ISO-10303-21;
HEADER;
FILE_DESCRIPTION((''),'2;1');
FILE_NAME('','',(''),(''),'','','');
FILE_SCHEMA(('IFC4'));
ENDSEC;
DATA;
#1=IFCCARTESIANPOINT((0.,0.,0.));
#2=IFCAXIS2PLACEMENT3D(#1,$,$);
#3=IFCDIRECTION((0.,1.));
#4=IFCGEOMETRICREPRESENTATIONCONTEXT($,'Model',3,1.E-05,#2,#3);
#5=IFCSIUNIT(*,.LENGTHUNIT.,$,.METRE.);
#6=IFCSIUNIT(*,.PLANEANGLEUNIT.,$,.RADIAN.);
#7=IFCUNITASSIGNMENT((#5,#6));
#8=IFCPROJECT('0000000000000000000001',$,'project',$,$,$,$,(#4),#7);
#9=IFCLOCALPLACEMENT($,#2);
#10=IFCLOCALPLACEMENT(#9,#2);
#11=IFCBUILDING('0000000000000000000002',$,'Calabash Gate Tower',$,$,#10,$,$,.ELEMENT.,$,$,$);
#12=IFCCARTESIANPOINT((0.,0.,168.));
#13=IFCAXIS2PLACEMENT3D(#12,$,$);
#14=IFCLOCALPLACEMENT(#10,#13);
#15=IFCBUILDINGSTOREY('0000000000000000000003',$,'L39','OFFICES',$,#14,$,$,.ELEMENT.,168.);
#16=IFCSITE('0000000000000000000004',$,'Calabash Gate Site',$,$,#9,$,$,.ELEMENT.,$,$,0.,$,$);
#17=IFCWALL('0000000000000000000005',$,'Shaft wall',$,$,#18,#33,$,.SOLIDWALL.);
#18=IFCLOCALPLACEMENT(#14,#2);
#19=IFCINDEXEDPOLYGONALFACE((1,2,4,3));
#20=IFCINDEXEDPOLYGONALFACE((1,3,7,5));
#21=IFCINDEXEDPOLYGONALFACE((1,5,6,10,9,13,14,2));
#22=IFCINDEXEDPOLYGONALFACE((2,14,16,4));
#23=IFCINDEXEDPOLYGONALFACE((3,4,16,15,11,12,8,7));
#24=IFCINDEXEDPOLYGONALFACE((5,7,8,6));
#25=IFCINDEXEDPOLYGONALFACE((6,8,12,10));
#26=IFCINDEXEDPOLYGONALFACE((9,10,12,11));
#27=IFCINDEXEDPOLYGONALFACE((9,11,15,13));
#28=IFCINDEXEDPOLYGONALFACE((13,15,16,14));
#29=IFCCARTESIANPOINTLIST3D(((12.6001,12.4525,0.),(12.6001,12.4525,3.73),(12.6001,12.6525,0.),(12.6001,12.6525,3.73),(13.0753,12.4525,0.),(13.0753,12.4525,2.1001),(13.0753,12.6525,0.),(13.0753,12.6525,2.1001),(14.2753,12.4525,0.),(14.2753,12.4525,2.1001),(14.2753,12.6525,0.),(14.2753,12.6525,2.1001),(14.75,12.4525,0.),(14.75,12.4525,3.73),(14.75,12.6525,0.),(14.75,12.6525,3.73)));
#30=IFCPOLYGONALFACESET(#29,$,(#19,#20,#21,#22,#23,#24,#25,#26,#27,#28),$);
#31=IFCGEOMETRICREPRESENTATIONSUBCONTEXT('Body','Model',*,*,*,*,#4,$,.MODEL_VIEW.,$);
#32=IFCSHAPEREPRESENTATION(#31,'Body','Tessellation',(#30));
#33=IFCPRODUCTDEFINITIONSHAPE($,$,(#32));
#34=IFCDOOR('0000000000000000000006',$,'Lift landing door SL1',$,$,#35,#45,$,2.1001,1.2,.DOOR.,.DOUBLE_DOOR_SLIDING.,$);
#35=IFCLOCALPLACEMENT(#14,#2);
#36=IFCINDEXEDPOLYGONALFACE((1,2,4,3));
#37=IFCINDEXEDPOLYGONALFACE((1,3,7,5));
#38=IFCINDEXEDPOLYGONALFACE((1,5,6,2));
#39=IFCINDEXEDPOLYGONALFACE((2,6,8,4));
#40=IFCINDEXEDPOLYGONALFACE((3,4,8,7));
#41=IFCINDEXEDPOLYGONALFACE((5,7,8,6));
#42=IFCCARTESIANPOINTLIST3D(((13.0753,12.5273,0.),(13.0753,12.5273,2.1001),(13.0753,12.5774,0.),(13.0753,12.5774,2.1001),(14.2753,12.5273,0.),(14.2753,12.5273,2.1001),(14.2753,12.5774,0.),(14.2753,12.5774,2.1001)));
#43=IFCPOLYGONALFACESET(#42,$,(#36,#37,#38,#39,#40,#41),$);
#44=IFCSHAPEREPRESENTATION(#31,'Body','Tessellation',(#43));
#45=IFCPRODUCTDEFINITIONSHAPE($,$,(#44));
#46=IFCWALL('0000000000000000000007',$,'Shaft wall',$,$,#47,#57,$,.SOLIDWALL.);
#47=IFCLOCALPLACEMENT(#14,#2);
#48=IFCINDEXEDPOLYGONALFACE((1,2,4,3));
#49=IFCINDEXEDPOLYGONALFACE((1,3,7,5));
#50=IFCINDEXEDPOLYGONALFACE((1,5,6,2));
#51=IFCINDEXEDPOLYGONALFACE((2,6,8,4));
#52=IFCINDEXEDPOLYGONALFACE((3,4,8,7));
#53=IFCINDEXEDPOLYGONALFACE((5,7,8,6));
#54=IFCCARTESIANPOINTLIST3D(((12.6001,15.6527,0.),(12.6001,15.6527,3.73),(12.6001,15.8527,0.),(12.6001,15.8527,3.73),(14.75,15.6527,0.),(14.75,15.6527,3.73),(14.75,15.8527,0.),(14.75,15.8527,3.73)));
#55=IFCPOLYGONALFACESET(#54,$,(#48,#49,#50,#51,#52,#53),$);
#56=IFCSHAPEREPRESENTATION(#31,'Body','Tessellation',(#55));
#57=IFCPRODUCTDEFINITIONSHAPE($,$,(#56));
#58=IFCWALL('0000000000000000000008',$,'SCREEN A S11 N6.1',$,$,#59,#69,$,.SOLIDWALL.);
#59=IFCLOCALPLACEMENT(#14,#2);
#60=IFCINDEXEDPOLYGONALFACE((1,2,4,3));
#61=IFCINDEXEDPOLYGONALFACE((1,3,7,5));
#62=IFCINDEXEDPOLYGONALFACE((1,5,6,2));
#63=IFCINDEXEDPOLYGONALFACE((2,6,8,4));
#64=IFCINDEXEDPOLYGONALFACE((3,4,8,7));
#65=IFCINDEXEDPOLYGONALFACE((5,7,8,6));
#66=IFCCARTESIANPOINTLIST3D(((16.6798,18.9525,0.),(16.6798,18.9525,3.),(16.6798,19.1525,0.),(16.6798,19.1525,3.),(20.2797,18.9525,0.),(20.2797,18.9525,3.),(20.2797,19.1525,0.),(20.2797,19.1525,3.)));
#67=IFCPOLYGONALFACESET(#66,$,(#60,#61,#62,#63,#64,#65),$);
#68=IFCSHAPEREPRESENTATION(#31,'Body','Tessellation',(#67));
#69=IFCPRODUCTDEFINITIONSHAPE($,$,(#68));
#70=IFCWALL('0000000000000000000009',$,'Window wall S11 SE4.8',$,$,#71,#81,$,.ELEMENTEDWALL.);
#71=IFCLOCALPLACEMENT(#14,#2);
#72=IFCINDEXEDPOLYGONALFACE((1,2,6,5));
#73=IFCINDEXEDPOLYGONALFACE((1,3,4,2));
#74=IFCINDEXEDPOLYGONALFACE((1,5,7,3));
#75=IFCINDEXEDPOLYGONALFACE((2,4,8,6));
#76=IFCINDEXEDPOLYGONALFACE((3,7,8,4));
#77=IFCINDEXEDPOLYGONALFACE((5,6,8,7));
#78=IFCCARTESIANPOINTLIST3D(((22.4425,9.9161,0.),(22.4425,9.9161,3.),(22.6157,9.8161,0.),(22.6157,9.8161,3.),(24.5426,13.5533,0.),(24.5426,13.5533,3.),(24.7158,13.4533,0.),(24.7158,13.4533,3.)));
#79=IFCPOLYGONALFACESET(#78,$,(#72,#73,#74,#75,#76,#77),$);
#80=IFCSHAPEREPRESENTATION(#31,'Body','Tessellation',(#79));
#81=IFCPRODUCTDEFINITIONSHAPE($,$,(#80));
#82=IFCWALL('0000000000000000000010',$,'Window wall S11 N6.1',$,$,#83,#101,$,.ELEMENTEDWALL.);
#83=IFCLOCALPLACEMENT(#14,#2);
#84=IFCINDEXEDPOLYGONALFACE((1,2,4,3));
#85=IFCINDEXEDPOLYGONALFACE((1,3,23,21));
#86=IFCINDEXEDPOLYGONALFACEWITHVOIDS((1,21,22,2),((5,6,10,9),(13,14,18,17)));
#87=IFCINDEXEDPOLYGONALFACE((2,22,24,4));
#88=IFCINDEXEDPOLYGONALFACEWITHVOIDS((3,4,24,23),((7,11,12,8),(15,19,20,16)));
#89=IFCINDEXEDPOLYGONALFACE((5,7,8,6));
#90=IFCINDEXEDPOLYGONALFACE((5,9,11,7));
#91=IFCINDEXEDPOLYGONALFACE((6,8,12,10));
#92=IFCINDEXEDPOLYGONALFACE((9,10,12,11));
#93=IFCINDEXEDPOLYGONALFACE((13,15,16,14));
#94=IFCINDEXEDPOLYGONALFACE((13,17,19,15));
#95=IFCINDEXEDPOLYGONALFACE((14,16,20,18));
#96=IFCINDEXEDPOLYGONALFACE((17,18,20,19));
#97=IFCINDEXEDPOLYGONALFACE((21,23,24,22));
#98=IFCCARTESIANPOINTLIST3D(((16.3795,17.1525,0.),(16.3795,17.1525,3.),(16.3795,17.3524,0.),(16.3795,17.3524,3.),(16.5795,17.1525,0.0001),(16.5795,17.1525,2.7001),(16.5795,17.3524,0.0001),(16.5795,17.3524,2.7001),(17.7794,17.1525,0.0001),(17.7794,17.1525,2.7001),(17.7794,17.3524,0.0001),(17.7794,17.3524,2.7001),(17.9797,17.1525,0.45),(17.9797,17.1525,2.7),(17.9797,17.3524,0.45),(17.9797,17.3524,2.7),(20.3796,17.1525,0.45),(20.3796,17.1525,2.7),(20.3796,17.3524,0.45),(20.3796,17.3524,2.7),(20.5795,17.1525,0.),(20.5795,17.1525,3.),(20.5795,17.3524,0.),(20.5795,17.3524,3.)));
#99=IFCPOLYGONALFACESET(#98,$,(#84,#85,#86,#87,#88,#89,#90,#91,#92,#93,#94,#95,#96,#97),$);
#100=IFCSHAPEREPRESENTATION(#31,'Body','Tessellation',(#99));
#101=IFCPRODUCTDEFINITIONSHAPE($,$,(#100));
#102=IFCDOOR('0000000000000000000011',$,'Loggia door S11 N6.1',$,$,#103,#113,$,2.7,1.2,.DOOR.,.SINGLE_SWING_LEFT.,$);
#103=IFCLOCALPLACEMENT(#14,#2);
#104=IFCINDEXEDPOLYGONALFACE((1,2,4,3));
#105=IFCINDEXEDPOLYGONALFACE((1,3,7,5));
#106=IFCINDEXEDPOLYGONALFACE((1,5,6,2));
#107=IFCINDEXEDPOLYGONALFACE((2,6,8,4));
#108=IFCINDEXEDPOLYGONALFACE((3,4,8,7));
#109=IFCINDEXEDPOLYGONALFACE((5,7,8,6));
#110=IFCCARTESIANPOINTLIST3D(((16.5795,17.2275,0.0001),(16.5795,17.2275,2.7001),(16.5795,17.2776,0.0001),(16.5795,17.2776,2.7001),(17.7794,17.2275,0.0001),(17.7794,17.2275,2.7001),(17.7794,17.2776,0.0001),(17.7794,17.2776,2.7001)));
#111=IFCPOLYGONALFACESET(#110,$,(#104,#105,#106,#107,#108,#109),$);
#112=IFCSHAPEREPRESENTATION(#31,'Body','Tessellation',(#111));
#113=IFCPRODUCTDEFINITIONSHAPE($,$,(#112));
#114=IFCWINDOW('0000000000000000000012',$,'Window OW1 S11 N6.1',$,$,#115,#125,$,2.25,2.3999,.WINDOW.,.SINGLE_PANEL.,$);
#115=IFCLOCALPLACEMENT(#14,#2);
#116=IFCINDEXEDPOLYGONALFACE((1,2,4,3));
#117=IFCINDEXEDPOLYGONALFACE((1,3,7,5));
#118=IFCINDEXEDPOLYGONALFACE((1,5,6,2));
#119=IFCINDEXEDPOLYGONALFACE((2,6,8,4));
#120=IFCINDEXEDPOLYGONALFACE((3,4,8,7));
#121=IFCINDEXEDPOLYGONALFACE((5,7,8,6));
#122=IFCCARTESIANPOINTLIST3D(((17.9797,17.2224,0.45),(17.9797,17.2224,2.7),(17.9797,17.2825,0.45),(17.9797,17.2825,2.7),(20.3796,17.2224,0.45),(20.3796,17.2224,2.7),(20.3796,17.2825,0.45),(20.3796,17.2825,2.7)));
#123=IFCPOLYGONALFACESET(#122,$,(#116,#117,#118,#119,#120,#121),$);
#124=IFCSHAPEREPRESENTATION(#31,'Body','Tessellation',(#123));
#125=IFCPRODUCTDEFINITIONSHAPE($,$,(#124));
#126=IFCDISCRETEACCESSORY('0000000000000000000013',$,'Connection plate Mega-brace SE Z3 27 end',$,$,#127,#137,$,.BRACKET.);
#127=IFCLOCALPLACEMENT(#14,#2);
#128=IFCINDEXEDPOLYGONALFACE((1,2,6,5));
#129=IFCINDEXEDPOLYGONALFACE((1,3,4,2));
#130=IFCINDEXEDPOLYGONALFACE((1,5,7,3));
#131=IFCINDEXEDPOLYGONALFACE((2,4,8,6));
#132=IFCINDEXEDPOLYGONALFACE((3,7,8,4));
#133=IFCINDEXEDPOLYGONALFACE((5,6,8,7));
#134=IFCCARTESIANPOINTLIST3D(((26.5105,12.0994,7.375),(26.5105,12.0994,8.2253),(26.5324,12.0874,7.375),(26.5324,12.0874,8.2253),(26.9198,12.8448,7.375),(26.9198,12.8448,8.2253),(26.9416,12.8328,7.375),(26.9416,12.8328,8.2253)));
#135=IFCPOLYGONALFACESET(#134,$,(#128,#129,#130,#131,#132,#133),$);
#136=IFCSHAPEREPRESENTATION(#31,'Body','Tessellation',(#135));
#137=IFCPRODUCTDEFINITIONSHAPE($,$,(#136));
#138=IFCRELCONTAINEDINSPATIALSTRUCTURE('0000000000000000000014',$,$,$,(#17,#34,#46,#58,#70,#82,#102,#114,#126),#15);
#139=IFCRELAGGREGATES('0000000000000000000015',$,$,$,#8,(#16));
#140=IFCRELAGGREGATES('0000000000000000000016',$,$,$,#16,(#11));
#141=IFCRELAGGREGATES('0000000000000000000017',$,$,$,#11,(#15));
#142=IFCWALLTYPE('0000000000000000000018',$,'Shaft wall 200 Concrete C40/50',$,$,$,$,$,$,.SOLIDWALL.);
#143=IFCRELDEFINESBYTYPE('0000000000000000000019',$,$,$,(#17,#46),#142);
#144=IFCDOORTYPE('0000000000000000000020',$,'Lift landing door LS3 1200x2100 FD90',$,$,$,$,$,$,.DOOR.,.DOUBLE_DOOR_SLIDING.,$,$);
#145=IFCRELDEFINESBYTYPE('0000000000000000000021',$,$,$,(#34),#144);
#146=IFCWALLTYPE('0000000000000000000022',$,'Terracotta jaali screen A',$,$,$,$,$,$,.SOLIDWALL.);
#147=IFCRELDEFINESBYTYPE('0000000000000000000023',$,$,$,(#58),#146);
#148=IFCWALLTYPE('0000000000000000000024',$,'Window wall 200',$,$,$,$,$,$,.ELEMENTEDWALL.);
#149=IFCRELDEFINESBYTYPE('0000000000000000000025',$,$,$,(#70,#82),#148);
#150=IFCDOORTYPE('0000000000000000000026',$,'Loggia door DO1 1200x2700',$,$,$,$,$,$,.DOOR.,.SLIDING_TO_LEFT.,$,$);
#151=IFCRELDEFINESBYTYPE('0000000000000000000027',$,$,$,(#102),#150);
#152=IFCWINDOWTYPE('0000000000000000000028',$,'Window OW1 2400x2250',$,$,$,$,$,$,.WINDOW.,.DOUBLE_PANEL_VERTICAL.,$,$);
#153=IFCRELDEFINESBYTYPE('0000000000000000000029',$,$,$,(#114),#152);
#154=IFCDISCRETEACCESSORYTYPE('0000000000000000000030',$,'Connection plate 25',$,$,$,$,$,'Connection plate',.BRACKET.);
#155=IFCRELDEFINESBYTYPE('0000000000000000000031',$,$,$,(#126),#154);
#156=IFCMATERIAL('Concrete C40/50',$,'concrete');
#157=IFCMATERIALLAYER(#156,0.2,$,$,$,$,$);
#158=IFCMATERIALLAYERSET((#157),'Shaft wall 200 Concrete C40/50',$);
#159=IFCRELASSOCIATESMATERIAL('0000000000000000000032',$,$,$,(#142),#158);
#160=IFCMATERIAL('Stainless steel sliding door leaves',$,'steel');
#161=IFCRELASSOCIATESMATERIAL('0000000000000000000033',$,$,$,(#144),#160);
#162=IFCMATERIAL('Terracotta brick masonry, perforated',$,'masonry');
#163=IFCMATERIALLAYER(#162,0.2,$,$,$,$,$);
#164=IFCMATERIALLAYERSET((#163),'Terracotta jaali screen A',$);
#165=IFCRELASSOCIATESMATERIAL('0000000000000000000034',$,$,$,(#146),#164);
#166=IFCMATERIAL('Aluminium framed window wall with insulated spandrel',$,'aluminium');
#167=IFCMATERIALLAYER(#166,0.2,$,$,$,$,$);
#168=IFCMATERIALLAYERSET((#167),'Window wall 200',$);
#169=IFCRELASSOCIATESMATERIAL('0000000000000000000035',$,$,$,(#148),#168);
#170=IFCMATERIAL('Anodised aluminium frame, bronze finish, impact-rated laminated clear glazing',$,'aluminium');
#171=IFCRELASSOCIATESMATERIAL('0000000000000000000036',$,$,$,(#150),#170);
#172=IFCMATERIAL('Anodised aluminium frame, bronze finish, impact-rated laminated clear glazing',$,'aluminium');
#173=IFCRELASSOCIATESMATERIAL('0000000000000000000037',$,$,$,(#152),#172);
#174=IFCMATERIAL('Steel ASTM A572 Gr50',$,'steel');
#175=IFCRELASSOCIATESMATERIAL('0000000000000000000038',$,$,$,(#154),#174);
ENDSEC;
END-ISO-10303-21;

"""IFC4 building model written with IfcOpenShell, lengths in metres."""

from ifc_helpers import new_model, si_unit, direction, frame, frame_2d, origin, origin_2d, place, context, subcontext, project, spatial, rectangle, extrude, material, layer, layer_set, type_object, element, fill, save


model = new_model("IFC4")

# Units and contexts
model_context = context("Model", 3, precision=1e-05, world=origin(), true_north=direction((0.0, 1.0)))
body_context = subcontext(model_context, "Body", "Model", "MODEL_VIEW")
ifc_project = project(units=[si_unit("LENGTHUNIT", "METRE"), si_unit("PLANEANGLEUNIT", "RADIAN")], contexts=[model_context])

# Site, building, storey
site_placement = place(None, origin())
site = spatial("IfcSite", under=ifc_project, at=site_placement, Name="Calabash Gate Site", CompositionType="ELEMENT", RefElevation=0.0)
building_placement = place(site_placement, origin())
building = spatial("IfcBuilding", under=site, at=building_placement, Name="Calabash Gate Tower", CompositionType="ELEMENT")
storey_placement = place(building_placement, frame((0.0, 0.0, 168.0)))
storey = spatial("IfcBuildingStorey", under=building, at=storey_placement, Name="L39", Description="OFFICES", CompositionType="ELEMENT", Elevation=168.0)

# Shared definitions
ifc_material_1 = material(Name="Concrete C40/50", Category="concrete")
ifc_layer_1 = layer(ifc_material_1, 0.2)
ifc_layer_set_1 = layer_set([ifc_layer_1], Name="Shaft wall 200 Concrete C40/50")
wall_type_1 = type_object("IfcWallType", Name="Shaft wall 200 Concrete C40/50", PredefinedType="SOLIDWALL", material=ifc_layer_set_1)

# Wall, opening, door
wall_1_placement = place(storey_placement, frame((12.6001, 12.5525, 0.0), z_axis=(0.0, 0.0, 1.0), x_axis=(1.0, 0.0, 0.0)))
wall_1 = element("IfcWall", 1, at=wall_1_placement, inside=storey, type_object=wall_type_1, Name="Shaft wall", PredefinedType="SOLIDWALL", context=body_context, shape_type="SweptSolid", body=[
    extrude(rectangle(XDim=2.1499, YDim=0.2, at=frame_2d((1.075, 0.0))), origin(), (0.0, 0.0, 1.0), 3.73),
])
opening_1_placement = place(wall_1_placement, frame((0.4751, 0.0, 0.0)))
opening_1 = element("IfcOpeningElement", 2, at=opening_1_placement, cuts=wall_1, PredefinedType="OPENING", context=body_context, shape_type="SweptSolid", body=[
    extrude(rectangle(XDim=1.2, YDim=2.1001, at=frame_2d((0.6001, 1.05))), frame((0.0, 0.1099, 0.0), z_axis=(0.0, -1.0, 0.0), x_axis=(1.0, 0.0, 0.0)), (0.0, 0.0, 1.0), 0.22),
])
ifc_material_2 = material(Name="Stainless steel sliding door leaves", Category="steel")
door_type_1 = type_object("IfcDoorType", Name="Lift landing door LS3 1200x2100 FD90", OperationType="DOUBLE_DOOR_SLIDING", PredefinedType="DOOR", material=ifc_material_2)
door_1_placement = place(opening_1_placement, origin())
door_1 = element("IfcDoor", 3, at=door_1_placement, inside=storey, type_object=door_type_1, Name="Lift landing door SL1", OperationType="DOUBLE_DOOR_SLIDING", OverallHeight=2.1001, OverallWidth=1.2, PredefinedType="DOOR", context=body_context, shape_type="SweptSolid", body=[
    extrude(rectangle(XDim=1.2, YDim=2.1001, at=frame_2d((0.6001, 1.05))), frame((0.0, 0.0249, 0.0), z_axis=(0.0, -1.0, 0.0), x_axis=(1.0, 0.0, 0.0)), (0.0, 0.0, 1.0), 0.05),
])
fill(opening_1, door_1)

# Walls
wall_2_placement = place(storey_placement, frame((12.6001, 15.7527, 0.0), z_axis=(0.0, 0.0, 1.0), x_axis=(1.0, 0.0, 0.0)))
element("IfcWall", 4, at=wall_2_placement, inside=storey, type_object=wall_type_1, Name="Shaft wall", PredefinedType="SOLIDWALL", context=body_context, shape_type="SweptSolid", body=[
    extrude(rectangle(XDim=2.1499, YDim=0.2, at=frame_2d((1.075, 0.0))), origin(), (0.0, 0.0, 1.0), 3.73),
])
ifc_material_3 = material(Name="Terracotta brick masonry, perforated", Category="masonry")
ifc_layer_2 = layer(ifc_material_3, 0.2)
ifc_layer_set_2 = layer_set([ifc_layer_2], Name="Terracotta jaali screen A")
wall_type_2 = type_object("IfcWallType", Name="Terracotta jaali screen A", PredefinedType="SOLIDWALL", material=ifc_layer_set_2)
wall_3_placement = place(storey_placement, frame((20.2795, 19.0525, 0.0), z_axis=(0.0, 0.0, 1.0), x_axis=(-1.0, 0.0, 0.0)))
element("IfcWall", 5, at=wall_3_placement, inside=storey, type_object=wall_type_2, Name="SCREEN A S11 N6.1", PredefinedType="SOLIDWALL", context=body_context, shape_type="SweptSolid", body=[
    extrude(rectangle(XDim=3.5999, YDim=0.2, at=frame_2d((1.7998, 0.0))), origin(), (0.0, 0.0, 1.0), 3.0),
])
ifc_material_4 = material(Name="Aluminium framed window wall with insulated spandrel", Category="aluminium")
ifc_layer_3 = layer(ifc_material_4, 0.2)
ifc_layer_set_3 = layer_set([ifc_layer_3], Name="Window wall 200")
wall_type_3 = type_object("IfcWallType", Name="Window wall 200", PredefinedType="ELEMENTEDWALL", material=ifc_layer_set_3)
wall_4_placement = place(storey_placement, frame((22.5291, 9.866, 0.0), z_axis=(0.0, 0.0, 1.0), x_axis=(0.500028, 0.866009, 0.0)))
element("IfcWall", 6, at=wall_4_placement, inside=storey, type_object=wall_type_3, Name="Window wall S11 SE4.8", PredefinedType="ELEMENTEDWALL", context=body_context, shape_type="SweptSolid", body=[
    extrude(rectangle(XDim=4.2, YDim=0.2, at=frame_2d((2.1001, 0.0))), origin(), (0.0, 0.0, 1.0), 3.0),
])

# Wall, openings, door, window
wall_5_placement = place(storey_placement, frame((20.5796, 17.2524, 0.0), z_axis=(0.0, 0.0, 1.0), x_axis=(-1.0, 0.0, 0.0)))
wall_5 = element("IfcWall", 7, at=wall_5_placement, inside=storey, type_object=wall_type_3, Name="Window wall S11 N6.1", PredefinedType="ELEMENTEDWALL", context=body_context, shape_type="SweptSolid", body=[
    extrude(rectangle(XDim=4.2, YDim=0.2, at=frame_2d((2.1001, 0.0))), origin(), (0.0, 0.0, 1.0), 3.0),
])
opening_2_placement = place(wall_5_placement, frame((0.2, 0.0, 0.45)))
opening_2 = element("IfcOpeningElement", 8, at=opening_2_placement, cuts=wall_5, PredefinedType="OPENING", context=body_context, shape_type="SweptSolid", body=[
    extrude(rectangle(XDim=2.3999, YDim=2.25, at=frame_2d((1.2, 1.125))), frame((0.0, 0.1099, 0.0), z_axis=(0.0, -1.0, 0.0), x_axis=(1.0, 0.0, 0.0)), (0.0, 0.0, 1.0), 0.22),
])
opening_3_placement = place(wall_5_placement, frame((2.8, 0.0, 0.0)))
opening_3 = element("IfcOpeningElement", 9, at=opening_3_placement, cuts=wall_5, PredefinedType="OPENING", context=body_context, shape_type="SweptSolid", body=[
    extrude(rectangle(XDim=1.2, YDim=2.7, at=frame_2d((0.6001, 1.3501))), frame((0.0, 0.1099, 0.0), z_axis=(0.0, -1.0, 0.0), x_axis=(1.0, 0.0, 0.0)), (0.0, 0.0, 1.0), 0.22),
])
ifc_material_5 = material(Name="Anodised aluminium frame, bronze finish, impact-rated laminated clear glazing", Category="aluminium")
door_type_2 = type_object("IfcDoorType", Name="Loggia door DO1 1200x2700", OperationType="SLIDING_TO_LEFT", PredefinedType="DOOR", material=ifc_material_5)
door_2_placement = place(opening_3_placement, origin())
door_2 = element("IfcDoor", 10, at=door_2_placement, inside=storey, type_object=door_type_2, Name="Loggia door S11 N6.1", OperationType="SINGLE_SWING_LEFT", OverallHeight=2.7, OverallWidth=1.2, PredefinedType="DOOR", context=body_context, shape_type="SweptSolid", body=[
    extrude(rectangle(XDim=1.2, YDim=2.7, at=frame_2d((0.6001, 1.3501))), frame((0.0, 0.0249, 0.0), z_axis=(0.0, -1.0, 0.0), x_axis=(1.0, 0.0, 0.0)), (0.0, 0.0, 1.0), 0.05),
])
fill(opening_3, door_2)
ifc_material_6 = material(Name="Anodised aluminium frame, bronze finish, impact-rated laminated clear glazing", Category="aluminium")
window_type = type_object("IfcWindowType", Name="Window OW1 2400x2250", PartitioningType="DOUBLE_PANEL_VERTICAL", PredefinedType="WINDOW", material=ifc_material_6)
window_placement = place(opening_2_placement, origin())
window = element("IfcWindow", 11, at=window_placement, inside=storey, type_object=window_type, Name="Window OW1 S11 N6.1", OverallHeight=2.25, OverallWidth=2.3999, PartitioningType="SINGLE_PANEL", PredefinedType="WINDOW", context=body_context, shape_type="SweptSolid", body=[
    extrude(rectangle(XDim=2.3999, YDim=2.25, at=frame_2d((1.2, 1.125))), frame((0.0, 0.03, 0.0), z_axis=(0.0, -1.0, 0.0), x_axis=(1.0, 0.0, 0.0)), (0.0, 0.0, 1.0), 0.0601),
])
fill(opening_2, window)

# Discrete accessory
ifc_material_7 = material(Name="Steel ASTM A572 Gr50", Category="steel")
discrete_accessory_type = type_object("IfcDiscreteAccessoryType", Name="Connection plate 25", ElementType="Connection plate", PredefinedType="BRACKET", material=ifc_material_7)
discrete_accessory_placement = place(storey_placement, frame((26.7261, 12.4661, 7.375), z_axis=(0.0, 0.0, 1.0), x_axis=(0.481257, 0.87658, 0.0)))
element("IfcDiscreteAccessory", 12, at=discrete_accessory_placement, inside=storey, type_object=discrete_accessory_type, Name="Connection plate Mega-brace SE Z3 27 end", PredefinedType="BRACKET", context=body_context, shape_type="SweptSolid", body=[
    extrude(rectangle(XDim=0.8503, YDim=0.0249, at=origin_2d()), origin(), (0.0, 0.0, 1.0), 0.8503),
])

save(model, "model.ifc")
